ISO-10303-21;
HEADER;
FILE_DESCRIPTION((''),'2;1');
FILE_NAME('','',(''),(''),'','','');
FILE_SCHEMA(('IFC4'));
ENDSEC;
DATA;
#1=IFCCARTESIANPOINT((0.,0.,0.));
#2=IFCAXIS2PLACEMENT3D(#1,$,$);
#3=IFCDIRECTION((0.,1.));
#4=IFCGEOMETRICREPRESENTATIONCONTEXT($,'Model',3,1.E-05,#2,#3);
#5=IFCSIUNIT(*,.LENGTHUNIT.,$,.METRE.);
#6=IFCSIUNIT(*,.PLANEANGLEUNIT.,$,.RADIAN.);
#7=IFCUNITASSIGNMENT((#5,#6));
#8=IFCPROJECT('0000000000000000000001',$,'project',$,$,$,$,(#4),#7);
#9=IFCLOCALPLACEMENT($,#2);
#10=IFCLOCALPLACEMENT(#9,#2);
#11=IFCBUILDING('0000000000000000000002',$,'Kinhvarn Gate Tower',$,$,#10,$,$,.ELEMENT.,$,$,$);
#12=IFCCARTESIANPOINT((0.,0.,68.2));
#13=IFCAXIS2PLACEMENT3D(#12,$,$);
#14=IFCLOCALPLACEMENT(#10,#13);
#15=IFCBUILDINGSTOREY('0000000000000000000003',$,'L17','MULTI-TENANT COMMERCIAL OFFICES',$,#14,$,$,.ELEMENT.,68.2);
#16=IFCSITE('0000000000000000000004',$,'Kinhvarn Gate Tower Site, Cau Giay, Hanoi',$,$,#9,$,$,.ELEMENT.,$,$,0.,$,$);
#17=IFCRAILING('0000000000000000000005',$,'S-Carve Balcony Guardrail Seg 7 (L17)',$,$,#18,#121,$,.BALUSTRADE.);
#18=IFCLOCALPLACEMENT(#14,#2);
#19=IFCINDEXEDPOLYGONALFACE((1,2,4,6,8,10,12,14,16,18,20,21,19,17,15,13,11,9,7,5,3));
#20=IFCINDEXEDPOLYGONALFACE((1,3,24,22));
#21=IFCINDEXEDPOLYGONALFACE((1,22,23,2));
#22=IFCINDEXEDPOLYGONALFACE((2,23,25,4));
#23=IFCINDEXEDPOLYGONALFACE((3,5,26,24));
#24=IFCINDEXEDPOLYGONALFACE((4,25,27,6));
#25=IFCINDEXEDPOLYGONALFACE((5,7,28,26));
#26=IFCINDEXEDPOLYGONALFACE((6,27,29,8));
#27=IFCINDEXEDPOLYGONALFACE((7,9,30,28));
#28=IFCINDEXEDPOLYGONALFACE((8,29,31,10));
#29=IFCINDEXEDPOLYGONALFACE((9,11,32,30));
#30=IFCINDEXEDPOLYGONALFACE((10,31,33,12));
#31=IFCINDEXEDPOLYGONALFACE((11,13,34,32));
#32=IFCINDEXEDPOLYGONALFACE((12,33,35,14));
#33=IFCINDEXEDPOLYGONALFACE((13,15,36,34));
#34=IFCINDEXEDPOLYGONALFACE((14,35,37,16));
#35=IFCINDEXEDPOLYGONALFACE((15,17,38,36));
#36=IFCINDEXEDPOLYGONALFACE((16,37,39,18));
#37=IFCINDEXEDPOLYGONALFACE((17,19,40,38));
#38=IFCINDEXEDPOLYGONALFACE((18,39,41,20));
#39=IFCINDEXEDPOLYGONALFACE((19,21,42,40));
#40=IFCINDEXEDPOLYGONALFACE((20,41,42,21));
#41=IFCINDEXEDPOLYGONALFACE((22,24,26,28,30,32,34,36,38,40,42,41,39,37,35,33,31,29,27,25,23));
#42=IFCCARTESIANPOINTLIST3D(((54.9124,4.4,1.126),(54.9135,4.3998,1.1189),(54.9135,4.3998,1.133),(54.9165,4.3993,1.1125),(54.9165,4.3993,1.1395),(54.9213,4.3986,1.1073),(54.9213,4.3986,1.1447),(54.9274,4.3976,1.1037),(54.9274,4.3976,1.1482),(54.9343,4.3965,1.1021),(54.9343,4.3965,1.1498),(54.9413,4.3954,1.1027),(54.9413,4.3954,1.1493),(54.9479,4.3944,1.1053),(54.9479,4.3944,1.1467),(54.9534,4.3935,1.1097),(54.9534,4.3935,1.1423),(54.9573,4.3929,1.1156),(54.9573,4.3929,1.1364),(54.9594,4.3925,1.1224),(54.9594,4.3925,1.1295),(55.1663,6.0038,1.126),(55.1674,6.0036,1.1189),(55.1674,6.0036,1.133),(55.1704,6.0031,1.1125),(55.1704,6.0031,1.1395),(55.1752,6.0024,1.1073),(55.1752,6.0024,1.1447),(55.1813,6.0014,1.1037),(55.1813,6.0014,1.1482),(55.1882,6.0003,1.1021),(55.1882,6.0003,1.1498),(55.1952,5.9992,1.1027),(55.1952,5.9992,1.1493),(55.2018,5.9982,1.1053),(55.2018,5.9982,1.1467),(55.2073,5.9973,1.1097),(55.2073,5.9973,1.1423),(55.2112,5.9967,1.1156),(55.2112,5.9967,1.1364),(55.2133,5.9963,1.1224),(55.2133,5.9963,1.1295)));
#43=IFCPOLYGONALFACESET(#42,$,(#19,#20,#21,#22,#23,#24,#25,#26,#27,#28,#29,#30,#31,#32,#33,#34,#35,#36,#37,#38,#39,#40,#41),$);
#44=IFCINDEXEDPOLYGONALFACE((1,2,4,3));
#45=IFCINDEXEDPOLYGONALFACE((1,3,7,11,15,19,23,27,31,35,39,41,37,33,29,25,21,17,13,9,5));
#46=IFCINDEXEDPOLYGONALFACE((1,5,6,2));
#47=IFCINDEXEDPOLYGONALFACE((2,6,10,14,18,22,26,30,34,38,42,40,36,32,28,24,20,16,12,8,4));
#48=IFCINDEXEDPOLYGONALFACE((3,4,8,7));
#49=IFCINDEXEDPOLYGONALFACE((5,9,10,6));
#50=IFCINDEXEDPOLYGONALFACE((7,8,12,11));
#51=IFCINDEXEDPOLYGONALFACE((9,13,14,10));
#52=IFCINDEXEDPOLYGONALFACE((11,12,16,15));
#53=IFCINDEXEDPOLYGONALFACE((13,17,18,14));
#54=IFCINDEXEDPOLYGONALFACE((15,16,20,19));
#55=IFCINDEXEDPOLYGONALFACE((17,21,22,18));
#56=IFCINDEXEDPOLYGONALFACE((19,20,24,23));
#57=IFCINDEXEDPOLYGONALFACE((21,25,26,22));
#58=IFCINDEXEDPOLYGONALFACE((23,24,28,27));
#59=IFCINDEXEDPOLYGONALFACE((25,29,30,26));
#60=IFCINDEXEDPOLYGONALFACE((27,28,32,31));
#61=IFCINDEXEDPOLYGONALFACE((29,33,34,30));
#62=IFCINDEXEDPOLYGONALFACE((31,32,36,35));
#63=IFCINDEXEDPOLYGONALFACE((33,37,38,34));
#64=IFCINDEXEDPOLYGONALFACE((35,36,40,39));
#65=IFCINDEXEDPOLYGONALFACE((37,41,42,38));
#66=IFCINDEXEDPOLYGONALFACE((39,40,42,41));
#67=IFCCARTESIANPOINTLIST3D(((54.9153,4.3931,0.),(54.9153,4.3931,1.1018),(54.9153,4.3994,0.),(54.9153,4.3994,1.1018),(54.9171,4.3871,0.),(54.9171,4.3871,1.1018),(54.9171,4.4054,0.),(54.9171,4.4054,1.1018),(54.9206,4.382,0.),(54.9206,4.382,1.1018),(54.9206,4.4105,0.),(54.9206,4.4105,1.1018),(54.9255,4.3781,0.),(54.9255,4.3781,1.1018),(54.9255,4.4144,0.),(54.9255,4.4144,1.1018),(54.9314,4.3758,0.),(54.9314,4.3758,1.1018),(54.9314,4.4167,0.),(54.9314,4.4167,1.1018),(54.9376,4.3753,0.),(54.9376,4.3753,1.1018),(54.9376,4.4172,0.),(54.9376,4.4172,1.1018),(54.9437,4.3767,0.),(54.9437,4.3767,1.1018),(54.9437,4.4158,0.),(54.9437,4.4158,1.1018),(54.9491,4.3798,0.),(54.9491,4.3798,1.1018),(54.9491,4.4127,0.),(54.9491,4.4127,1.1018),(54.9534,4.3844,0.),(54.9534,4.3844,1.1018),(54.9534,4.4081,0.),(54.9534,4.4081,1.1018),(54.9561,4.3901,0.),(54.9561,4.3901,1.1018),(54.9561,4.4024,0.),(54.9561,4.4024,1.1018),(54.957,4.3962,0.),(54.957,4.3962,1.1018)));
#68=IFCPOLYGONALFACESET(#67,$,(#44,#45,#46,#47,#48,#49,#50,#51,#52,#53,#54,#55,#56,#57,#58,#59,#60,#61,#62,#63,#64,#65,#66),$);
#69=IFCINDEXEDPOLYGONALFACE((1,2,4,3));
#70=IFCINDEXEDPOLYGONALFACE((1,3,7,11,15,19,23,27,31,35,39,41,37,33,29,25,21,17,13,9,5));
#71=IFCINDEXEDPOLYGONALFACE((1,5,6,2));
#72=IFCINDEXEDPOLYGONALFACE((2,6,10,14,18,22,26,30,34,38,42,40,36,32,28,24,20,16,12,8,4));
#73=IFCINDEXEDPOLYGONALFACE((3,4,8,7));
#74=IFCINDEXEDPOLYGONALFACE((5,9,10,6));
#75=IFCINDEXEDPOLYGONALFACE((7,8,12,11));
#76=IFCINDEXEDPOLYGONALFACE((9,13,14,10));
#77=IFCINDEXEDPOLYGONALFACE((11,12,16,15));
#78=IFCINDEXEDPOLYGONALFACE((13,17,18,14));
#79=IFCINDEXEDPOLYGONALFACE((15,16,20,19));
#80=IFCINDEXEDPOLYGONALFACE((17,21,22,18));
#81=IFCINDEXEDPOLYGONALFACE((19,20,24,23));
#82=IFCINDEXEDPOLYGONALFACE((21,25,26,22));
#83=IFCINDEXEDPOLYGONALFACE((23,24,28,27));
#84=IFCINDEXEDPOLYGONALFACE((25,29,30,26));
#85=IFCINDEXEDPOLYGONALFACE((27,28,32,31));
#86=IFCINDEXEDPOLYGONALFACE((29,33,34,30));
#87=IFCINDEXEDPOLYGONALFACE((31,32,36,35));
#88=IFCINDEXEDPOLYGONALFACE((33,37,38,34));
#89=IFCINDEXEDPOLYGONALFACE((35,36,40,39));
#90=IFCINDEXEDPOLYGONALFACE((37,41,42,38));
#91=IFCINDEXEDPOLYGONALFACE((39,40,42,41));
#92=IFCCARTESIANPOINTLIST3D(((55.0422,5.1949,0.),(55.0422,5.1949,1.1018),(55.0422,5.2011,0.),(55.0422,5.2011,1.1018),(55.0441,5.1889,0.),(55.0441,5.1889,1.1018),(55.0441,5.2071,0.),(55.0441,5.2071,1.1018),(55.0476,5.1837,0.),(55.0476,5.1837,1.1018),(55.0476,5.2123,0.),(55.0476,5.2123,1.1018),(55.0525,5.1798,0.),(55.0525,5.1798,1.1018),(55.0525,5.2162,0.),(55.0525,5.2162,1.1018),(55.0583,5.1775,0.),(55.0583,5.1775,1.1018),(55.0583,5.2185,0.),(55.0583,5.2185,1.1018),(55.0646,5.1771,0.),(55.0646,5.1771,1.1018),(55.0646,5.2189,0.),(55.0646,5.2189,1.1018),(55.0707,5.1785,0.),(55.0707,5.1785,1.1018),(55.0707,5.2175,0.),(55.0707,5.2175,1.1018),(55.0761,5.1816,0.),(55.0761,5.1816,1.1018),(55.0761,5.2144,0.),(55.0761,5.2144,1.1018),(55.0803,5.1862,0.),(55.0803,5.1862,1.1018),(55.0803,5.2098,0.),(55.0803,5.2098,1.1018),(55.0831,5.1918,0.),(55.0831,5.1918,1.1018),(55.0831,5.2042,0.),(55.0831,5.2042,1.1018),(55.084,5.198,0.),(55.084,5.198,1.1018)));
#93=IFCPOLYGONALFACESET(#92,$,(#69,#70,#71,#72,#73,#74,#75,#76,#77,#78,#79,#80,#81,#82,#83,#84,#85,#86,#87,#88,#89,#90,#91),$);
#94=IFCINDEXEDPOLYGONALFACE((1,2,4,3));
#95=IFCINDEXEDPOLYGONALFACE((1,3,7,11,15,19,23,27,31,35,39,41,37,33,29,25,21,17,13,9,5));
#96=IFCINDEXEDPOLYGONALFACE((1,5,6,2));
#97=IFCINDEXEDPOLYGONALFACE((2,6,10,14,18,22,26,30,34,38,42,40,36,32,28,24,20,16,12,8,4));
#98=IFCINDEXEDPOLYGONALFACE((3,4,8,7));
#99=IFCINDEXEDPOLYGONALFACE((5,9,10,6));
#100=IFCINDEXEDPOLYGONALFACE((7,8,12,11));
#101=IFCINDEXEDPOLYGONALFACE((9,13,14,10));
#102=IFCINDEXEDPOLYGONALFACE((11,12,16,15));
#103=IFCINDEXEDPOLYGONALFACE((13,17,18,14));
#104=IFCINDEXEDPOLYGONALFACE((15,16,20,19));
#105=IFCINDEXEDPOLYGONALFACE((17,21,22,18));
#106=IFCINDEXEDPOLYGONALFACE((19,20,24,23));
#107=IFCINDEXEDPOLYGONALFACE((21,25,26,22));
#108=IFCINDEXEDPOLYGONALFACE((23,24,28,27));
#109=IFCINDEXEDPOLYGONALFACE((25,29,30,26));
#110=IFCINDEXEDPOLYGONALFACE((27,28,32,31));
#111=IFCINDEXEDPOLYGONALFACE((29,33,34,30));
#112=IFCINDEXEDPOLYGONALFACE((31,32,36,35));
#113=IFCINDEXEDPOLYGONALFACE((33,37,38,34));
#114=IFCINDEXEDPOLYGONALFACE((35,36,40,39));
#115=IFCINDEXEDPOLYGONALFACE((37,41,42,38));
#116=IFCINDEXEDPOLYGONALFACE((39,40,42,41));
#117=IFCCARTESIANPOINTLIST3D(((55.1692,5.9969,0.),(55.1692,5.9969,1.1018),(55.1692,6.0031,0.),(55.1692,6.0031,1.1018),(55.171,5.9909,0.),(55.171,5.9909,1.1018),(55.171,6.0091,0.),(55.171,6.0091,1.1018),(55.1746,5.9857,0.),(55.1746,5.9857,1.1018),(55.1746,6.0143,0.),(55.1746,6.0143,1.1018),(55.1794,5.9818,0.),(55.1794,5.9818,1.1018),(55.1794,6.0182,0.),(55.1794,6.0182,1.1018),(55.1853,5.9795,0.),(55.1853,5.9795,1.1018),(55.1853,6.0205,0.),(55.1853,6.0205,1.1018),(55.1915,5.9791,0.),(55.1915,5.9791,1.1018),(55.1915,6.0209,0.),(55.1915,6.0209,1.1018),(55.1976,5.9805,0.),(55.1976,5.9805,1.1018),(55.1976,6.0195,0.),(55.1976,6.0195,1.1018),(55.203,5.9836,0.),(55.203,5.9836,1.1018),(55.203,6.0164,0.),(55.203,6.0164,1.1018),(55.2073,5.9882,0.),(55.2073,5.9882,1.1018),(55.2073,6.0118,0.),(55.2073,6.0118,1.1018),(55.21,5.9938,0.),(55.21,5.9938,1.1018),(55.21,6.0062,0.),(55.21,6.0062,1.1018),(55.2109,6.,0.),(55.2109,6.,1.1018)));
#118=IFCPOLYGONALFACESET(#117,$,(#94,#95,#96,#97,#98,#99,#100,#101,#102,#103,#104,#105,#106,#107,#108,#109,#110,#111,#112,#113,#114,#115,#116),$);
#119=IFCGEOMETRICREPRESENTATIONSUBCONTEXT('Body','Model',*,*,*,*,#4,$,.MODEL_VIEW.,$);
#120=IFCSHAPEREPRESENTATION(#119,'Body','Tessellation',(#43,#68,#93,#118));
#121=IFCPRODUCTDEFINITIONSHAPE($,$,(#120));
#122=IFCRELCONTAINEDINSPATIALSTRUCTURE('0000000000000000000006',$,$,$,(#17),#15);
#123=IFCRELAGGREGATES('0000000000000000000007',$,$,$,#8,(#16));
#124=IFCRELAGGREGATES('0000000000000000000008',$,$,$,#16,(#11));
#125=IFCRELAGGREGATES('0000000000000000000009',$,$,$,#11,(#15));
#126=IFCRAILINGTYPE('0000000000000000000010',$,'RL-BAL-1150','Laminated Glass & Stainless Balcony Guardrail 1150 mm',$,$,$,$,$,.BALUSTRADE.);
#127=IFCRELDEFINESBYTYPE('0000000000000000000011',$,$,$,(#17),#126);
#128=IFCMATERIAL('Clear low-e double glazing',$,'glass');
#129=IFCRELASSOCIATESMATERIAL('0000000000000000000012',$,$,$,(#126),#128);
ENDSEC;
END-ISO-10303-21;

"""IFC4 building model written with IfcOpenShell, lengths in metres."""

from ifc_helpers import new_model, si_unit, direction, frame, origin, origin_2d, place, context, subcontext, project, spatial, circle, extrude, material, type_object, element, save


model = new_model("IFC4")

# Units and contexts
model_context = context("Model", 3, precision=1e-05, world=origin(), true_north=direction((0.0, 1.0)))
body_context = subcontext(model_context, "Body", "Model", "MODEL_VIEW")
ifc_project = project(units=[si_unit("LENGTHUNIT", "METRE"), si_unit("PLANEANGLEUNIT", "RADIAN")], contexts=[model_context])

# Site, building, storey
site_placement = place(None, origin())
site = spatial("IfcSite", under=ifc_project, at=site_placement, Name="Kinhvarn Gate Tower Site, Cau Giay, Hanoi", CompositionType="ELEMENT", RefElevation=0.0)
building_placement = place(site_placement, origin())
building = spatial("IfcBuilding", under=site, at=building_placement, Name="Kinhvarn Gate Tower", CompositionType="ELEMENT")
storey_placement = place(building_placement, frame((0.0, 0.0, 68.2)))
storey = spatial("IfcBuildingStorey", under=building, at=storey_placement, Name="L17", Description="MULTI-TENANT COMMERCIAL OFFICES", CompositionType="ELEMENT", Elevation=68.2)

# Shared definitions
ifc_material_1 = material(Name="Clear low-e double glazing", Category="glass")

# Railing
railing_type = type_object("IfcRailingType", Name="RL-BAL-1150", Description="Laminated Glass & Stainless Balcony Guardrail 1150 mm", PredefinedType="BALUSTRADE", material=ifc_material_1)
railing_1_placement = place(storey_placement, frame((54.936, 4.3962, 0.0)))
element("IfcRailing", 1, at=railing_1_placement, inside=storey, type_object=railing_type, Name="S-Carve Balcony Guardrail Seg 7 (L17)", PredefinedType="BALUSTRADE", context=body_context, shape_type="SweptSolid", body=[
    extrude(circle(Radius=0.0239, at=origin_2d()), frame((0.0, 0.0, 1.126), z_axis=(0.156372, 0.987698, 0.0), x_axis=(-0.987698, 0.156372, 0.0)), (0.0, 0.0, 1.0), 1.6238),
    extrude(circle(Radius=0.021, at=origin_2d()), origin(), (0.0, 0.0, 1.0), 1.1018),
    extrude(circle(Radius=0.021, at=origin_2d()), frame((0.127, 0.8018, 0.0)), (0.0, 0.0, 1.0), 1.1018),
    extrude(circle(Radius=0.021, at=origin_2d()), frame((0.2539, 1.6038, 0.0)), (0.0, 0.0, 1.0), 1.1018),
])

save(model, "model.ifc")
